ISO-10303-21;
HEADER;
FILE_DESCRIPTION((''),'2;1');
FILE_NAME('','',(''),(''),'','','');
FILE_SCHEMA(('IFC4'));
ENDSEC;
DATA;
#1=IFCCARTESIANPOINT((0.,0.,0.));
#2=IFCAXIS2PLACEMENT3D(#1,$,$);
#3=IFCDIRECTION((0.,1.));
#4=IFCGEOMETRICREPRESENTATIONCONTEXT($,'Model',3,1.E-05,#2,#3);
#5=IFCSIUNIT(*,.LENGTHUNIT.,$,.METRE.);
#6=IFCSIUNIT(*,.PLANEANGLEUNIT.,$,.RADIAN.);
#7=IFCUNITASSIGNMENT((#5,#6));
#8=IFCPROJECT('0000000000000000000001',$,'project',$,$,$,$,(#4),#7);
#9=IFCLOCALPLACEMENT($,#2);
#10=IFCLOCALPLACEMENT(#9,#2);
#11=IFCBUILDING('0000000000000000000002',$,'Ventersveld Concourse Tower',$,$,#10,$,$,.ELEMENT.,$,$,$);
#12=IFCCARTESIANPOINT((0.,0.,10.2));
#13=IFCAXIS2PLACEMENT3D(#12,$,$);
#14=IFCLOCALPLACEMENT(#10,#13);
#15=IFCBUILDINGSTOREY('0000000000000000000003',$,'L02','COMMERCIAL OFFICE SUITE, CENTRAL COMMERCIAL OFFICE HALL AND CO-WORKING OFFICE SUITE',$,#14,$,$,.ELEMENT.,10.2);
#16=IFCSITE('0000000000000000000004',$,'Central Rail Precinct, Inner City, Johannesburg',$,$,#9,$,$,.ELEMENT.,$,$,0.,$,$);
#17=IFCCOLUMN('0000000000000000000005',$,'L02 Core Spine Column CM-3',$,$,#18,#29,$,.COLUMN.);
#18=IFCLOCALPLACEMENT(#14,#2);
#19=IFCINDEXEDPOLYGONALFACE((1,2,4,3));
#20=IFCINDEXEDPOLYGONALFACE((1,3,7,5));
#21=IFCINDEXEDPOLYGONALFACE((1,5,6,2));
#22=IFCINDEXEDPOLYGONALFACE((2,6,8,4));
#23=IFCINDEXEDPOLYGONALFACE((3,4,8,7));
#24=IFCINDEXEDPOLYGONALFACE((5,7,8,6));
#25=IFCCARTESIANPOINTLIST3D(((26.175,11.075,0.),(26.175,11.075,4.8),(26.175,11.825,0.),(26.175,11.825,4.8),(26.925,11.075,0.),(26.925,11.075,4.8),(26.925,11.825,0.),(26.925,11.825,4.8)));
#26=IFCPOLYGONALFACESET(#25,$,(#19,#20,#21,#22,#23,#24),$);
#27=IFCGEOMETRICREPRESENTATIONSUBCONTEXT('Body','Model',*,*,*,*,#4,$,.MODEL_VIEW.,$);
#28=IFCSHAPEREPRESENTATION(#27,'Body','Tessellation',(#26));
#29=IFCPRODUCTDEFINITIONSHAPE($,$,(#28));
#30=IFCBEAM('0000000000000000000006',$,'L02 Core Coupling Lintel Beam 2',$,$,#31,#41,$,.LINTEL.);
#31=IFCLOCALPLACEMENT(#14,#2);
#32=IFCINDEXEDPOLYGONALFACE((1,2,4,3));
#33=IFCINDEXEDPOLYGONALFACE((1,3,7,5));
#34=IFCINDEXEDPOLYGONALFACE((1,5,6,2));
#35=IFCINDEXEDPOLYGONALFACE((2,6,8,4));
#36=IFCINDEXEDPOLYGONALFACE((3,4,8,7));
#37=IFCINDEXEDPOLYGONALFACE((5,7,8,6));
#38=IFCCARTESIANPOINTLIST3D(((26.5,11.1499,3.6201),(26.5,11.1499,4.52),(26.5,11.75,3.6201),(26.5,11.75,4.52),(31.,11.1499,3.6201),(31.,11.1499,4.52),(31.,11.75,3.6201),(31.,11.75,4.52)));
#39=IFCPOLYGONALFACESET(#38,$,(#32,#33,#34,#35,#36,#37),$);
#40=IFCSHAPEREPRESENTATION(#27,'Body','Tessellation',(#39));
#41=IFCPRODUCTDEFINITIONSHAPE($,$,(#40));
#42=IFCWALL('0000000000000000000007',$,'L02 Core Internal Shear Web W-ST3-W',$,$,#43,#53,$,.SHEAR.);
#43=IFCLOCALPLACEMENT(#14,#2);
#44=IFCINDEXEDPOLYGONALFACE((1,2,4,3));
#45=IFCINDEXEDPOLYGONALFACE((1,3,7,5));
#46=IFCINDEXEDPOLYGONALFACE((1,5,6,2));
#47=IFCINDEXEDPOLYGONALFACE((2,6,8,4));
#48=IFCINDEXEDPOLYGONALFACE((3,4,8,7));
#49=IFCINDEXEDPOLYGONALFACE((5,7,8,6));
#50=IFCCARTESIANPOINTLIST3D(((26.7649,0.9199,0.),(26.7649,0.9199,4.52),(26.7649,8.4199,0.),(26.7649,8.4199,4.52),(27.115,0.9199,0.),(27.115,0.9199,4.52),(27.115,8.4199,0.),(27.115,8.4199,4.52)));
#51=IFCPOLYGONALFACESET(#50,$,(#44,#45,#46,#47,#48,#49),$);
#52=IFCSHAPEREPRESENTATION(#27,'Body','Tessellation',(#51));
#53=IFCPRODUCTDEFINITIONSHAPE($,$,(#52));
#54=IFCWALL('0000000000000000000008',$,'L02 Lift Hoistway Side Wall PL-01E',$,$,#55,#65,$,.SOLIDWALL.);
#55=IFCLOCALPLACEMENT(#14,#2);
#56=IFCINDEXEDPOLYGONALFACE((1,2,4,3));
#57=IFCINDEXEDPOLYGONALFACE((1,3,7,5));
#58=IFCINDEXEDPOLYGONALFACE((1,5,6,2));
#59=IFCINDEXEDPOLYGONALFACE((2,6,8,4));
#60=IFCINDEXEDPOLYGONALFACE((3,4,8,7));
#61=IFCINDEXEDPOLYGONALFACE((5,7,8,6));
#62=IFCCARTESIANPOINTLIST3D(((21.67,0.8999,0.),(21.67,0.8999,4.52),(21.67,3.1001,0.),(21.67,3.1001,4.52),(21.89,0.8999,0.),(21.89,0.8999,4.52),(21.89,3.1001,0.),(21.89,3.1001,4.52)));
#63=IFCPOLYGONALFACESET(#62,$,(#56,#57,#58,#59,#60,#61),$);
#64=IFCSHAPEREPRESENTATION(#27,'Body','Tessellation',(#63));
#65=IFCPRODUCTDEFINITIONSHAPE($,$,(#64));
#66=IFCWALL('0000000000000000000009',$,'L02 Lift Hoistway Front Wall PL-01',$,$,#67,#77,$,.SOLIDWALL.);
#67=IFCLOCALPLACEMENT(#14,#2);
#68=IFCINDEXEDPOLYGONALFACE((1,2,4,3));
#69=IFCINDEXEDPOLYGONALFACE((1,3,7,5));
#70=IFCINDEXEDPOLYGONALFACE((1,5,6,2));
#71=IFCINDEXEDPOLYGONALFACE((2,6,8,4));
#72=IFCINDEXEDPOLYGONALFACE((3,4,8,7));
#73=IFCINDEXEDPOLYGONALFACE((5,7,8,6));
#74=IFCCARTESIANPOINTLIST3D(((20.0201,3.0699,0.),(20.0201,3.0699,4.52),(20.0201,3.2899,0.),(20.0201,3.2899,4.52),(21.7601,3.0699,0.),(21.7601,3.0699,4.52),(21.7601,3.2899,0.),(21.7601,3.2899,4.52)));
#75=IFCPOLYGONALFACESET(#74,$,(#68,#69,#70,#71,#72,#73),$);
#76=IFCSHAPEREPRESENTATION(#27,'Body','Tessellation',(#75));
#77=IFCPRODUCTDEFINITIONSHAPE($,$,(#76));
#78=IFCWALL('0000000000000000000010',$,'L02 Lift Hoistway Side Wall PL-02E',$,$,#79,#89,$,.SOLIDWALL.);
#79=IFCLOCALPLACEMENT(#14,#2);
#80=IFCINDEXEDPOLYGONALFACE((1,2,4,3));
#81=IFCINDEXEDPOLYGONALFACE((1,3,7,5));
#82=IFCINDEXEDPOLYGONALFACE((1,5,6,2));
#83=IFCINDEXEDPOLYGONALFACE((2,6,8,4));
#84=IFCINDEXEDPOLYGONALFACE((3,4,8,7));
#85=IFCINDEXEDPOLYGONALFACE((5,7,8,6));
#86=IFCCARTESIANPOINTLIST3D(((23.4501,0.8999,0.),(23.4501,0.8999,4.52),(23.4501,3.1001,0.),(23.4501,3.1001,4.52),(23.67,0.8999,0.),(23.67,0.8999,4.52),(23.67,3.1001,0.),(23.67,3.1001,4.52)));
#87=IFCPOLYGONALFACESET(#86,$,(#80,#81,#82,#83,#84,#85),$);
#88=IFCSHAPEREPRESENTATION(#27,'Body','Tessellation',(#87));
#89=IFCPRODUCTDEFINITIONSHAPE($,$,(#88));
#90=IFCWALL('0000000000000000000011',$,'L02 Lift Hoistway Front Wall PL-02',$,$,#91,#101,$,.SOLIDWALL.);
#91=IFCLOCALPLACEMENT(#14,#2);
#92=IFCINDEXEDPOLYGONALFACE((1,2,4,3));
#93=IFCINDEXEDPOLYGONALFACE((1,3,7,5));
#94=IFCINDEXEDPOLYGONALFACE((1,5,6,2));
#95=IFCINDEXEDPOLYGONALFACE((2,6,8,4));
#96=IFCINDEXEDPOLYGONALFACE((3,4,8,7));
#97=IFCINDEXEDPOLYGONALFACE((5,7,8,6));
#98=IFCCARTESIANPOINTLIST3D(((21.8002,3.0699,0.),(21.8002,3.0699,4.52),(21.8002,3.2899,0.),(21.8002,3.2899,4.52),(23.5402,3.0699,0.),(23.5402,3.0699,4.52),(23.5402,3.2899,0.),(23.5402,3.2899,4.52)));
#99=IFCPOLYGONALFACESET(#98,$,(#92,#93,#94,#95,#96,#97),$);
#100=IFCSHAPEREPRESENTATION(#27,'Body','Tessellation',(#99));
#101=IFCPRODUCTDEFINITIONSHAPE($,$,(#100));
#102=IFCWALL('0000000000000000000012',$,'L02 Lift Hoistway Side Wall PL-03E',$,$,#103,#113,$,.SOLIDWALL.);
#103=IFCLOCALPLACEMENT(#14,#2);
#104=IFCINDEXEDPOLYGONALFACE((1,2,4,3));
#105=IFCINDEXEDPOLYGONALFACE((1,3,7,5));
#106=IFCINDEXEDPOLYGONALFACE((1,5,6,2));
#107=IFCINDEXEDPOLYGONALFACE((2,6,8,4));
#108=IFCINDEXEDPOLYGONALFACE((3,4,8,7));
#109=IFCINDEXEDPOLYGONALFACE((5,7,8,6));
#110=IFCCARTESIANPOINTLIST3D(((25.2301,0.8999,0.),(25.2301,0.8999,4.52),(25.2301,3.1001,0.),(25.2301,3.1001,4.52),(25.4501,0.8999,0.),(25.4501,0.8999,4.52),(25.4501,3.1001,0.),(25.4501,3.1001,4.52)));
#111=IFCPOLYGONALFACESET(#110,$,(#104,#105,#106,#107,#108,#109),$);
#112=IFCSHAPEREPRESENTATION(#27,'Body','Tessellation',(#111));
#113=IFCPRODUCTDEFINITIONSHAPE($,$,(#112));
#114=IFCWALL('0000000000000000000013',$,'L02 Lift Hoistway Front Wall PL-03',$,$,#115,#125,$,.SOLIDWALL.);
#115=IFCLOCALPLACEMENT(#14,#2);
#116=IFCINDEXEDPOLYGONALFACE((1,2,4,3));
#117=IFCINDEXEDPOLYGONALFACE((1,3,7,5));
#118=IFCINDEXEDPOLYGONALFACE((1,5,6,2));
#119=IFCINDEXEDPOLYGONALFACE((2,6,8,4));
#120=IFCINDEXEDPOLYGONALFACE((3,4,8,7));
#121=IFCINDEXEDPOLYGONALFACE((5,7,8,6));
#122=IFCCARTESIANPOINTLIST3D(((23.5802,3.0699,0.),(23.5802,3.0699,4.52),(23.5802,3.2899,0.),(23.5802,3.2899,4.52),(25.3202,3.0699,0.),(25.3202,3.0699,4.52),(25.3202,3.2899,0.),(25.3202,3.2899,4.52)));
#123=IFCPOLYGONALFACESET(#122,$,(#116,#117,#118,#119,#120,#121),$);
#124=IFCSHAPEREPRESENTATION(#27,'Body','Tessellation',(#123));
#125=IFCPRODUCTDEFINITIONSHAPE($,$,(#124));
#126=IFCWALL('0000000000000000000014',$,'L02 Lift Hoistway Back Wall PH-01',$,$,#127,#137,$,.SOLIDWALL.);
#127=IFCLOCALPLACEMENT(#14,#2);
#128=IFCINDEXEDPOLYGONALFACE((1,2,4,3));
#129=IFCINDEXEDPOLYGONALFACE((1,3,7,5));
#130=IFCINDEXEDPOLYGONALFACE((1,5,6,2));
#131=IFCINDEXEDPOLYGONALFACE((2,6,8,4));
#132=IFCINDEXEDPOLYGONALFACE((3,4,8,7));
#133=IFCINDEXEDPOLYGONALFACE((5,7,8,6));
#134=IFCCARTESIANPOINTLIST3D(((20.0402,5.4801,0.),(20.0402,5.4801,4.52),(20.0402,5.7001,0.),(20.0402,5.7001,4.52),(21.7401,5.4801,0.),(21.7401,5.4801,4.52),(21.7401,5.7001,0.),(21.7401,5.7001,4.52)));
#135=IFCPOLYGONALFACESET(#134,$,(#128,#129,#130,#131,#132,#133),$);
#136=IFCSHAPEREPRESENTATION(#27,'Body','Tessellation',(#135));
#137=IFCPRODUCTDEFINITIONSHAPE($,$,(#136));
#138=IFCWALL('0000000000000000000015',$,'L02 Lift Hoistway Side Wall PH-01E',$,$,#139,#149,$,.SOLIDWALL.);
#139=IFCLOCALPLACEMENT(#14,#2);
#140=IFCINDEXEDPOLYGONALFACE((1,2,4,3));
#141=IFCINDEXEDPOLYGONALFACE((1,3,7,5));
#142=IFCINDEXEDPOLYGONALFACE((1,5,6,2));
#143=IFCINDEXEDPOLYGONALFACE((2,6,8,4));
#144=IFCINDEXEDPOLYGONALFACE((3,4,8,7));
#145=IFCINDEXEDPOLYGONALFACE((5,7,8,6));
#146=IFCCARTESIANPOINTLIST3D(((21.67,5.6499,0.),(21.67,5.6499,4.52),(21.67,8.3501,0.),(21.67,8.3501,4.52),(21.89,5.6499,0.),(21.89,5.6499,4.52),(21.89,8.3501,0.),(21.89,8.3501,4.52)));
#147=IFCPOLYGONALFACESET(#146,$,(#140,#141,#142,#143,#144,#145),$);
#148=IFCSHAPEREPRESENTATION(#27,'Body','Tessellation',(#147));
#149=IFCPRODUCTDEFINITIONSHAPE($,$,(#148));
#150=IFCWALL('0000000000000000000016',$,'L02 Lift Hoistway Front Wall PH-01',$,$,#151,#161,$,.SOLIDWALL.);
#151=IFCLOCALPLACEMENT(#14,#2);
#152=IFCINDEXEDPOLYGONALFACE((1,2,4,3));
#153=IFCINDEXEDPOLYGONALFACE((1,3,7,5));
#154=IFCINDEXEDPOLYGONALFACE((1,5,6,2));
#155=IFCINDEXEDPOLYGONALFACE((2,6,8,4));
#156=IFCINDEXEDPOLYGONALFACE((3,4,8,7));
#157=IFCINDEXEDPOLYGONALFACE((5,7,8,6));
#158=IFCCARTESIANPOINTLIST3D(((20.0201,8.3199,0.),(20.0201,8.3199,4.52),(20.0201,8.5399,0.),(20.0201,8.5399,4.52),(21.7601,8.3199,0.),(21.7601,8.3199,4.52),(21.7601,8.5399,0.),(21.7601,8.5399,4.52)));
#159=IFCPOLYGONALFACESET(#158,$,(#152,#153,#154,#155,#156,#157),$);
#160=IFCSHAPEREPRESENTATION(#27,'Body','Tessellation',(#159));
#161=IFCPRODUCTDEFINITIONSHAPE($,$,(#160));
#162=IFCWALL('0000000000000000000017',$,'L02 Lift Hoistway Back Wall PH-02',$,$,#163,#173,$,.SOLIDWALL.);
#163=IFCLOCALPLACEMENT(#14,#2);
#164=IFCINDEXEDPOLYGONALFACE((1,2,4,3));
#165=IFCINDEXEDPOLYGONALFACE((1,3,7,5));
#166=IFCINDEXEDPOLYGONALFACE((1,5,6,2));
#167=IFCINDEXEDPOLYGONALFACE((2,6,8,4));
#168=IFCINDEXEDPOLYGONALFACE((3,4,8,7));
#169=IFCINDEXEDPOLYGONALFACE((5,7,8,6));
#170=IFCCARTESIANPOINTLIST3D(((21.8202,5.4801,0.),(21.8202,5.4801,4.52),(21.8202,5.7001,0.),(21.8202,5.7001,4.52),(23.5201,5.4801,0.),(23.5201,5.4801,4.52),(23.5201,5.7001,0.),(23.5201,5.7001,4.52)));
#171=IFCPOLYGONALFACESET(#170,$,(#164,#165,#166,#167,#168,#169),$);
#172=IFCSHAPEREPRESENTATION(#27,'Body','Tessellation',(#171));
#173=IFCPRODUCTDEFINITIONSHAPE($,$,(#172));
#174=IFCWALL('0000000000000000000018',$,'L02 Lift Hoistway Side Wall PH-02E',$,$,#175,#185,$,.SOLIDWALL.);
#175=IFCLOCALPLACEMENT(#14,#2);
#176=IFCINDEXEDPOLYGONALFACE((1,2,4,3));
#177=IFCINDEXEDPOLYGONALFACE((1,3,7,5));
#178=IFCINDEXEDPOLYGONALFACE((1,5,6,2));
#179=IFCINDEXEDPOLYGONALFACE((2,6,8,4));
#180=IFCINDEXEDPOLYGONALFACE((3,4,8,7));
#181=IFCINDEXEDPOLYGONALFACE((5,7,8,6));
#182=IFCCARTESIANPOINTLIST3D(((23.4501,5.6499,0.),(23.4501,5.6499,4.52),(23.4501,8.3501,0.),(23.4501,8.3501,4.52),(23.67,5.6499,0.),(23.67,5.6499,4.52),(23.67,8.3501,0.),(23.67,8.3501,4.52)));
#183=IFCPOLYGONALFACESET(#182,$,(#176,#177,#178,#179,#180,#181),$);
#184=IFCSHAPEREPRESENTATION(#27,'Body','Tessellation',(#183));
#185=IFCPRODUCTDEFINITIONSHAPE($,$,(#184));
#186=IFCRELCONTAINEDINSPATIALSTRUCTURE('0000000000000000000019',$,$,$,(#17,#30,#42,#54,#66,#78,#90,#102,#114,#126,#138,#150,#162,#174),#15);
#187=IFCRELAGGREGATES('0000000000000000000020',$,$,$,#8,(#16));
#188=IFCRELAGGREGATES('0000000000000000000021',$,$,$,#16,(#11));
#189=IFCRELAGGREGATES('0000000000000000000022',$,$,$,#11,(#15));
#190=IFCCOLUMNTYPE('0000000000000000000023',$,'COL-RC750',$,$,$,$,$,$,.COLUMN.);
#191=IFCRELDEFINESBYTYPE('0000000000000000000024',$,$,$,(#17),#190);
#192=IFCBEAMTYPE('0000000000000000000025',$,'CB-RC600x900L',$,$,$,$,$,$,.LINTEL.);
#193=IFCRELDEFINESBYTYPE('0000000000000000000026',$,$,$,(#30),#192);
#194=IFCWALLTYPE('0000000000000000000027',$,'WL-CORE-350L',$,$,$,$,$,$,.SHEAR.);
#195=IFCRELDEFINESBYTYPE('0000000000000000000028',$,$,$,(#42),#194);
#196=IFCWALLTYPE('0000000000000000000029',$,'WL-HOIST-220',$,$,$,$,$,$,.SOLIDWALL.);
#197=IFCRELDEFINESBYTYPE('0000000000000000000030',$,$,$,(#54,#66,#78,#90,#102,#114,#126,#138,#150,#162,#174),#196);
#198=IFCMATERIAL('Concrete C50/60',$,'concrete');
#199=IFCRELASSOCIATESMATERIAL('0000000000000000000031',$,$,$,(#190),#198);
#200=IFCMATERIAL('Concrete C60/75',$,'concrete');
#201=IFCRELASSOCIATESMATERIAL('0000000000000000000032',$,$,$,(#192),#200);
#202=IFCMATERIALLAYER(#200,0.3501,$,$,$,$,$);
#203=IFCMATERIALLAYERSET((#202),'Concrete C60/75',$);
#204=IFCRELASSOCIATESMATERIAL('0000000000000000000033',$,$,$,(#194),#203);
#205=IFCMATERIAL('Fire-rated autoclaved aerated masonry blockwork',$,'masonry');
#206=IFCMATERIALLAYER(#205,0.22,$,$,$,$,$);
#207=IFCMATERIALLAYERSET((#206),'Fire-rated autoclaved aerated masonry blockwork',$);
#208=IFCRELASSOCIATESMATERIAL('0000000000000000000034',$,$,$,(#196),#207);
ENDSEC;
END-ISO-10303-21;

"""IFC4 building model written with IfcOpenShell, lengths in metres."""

from ifc_helpers import new_model, si_unit, direction, frame, frame_2d, origin, origin_2d, place, context, subcontext, project, spatial, rectangle, extrude, material, layer, layer_set, material_profile, profile_set, type_object, element, save


model = new_model("IFC4")

# Units and contexts
model_context = context("Model", 3, precision=1e-05, world=origin(), true_north=direction((0.0, 1.0)))
body_context = subcontext(model_context, "Body", "Model", "MODEL_VIEW")
ifc_project = project(units=[si_unit("LENGTHUNIT", "METRE"), si_unit("PLANEANGLEUNIT", "RADIAN")], contexts=[model_context])

# Site, building, storey
site_placement = place(None, origin())
site = spatial("IfcSite", under=ifc_project, at=site_placement, Name="Central Rail Precinct, Inner City, Johannesburg", CompositionType="ELEMENT", RefElevation=0.0)
building_placement = place(site_placement, origin())
building = spatial("IfcBuilding", under=site, at=building_placement, Name="Ventersveld Concourse Tower", CompositionType="ELEMENT")
storey_placement = place(building_placement, frame((0.0, 0.0, 10.2)))
storey = spatial("IfcBuildingStorey", under=building, at=storey_placement, Name="L02", Description="COMMERCIAL OFFICE SUITE, CENTRAL COMMERCIAL OFFICE HALL AND CO-WORKING OFFICE SUITE", CompositionType="ELEMENT", Elevation=10.2)

# Column
ifc_material_1 = material(Name="Concrete C50/60", Category="concrete")
ifc_material_profile_1 = material_profile(ifc_material_1, rectangle(XDim=0.75, YDim=0.75, at=origin_2d()), Name="RC 750x750")
ifc_profile_set_1 = profile_set([ifc_material_profile_1], Name="Concrete C50/60")
column_type = type_object("IfcColumnType", Name="COL-RC750", PredefinedType="COLUMN", material=ifc_profile_set_1)
column_placement = place(storey_placement, frame((26.55, 11.45, 0.0), z_axis=(0.0, 0.0, 1.0), x_axis=(1.0, 0.0, 0.0)))
element("IfcColumn", 1, at=column_placement, inside=storey, type_object=column_type, Name="L02 Core Spine Column CM-3", PredefinedType="COLUMN", context=body_context, shape_type="SweptSolid", body=[
    extrude(rectangle(XDim=0.75, YDim=0.75, at=origin_2d()), origin(), (0.0, 0.0, 1.0), 4.8),
])

# Beam
ifc_material_2 = material(Name="Concrete C60/75", Category="concrete")
ifc_material_profile_2 = material_profile(ifc_material_2, rectangle(XDim=0.6001, YDim=0.8999, at=origin_2d()), Name="RC 600x900")
ifc_profile_set_2 = profile_set([ifc_material_profile_2], Name="Concrete C60/75")
beam_type = type_object("IfcBeamType", Name="CB-RC600x900L", PredefinedType="LINTEL", material=ifc_profile_set_2)
beam_placement = place(storey_placement, frame((26.5, 11.45, 4.0701), z_axis=(1.0, 0.0, 0.0), x_axis=(0.0, 1.0, 0.0)))
element("IfcBeam", 2, at=beam_placement, inside=storey, type_object=beam_type, Name="L02 Core Coupling Lintel Beam 2", PredefinedType="LINTEL", context=body_context, shape_type="SweptSolid", body=[
    extrude(rectangle(XDim=0.6001, YDim=0.8999, at=origin_2d()), origin(), (0.0, 0.0, 1.0), 4.5),
])

# Walls
ifc_layer_1 = layer(ifc_material_2, 0.3501)
ifc_layer_set_1 = layer_set([ifc_layer_1], Name="Concrete C60/75")
wall_type_1 = type_object("IfcWallType", Name="WL-CORE-350L", PredefinedType="SHEAR", material=ifc_layer_set_1)
wall_1_placement = place(storey_placement, frame((26.9399, 0.9199, 0.0), z_axis=(0.0, 0.0, 1.0), x_axis=(0.0, 1.0, 0.0)))
element("IfcWall", 3, at=wall_1_placement, inside=storey, type_object=wall_type_1, Name="L02 Core Internal Shear Web W-ST3-W", PredefinedType="SHEAR", context=body_context, shape_type="SweptSolid", body=[
    extrude(rectangle(XDim=7.5, YDim=0.3501, at=frame_2d((3.75, 0.0))), origin(), (0.0, 0.0, 1.0), 4.52),
])
ifc_material_3 = material(Name="Fire-rated autoclaved aerated masonry blockwork", Category="masonry")
ifc_layer_2 = layer(ifc_material_3, 0.22)
ifc_layer_set_2 = layer_set([ifc_layer_2], Name="Fire-rated autoclaved aerated masonry blockwork")
wall_type_2 = type_object("IfcWallType", Name="WL-HOIST-220", PredefinedType="SOLIDWALL", material=ifc_layer_set_2)
wall_2_placement = place(storey_placement, frame((21.78, 0.8999, 0.0), z_axis=(0.0, 0.0, 1.0), x_axis=(0.0, 1.0, 0.0)))
element("IfcWall", 4, at=wall_2_placement, inside=storey, type_object=wall_type_2, Name="L02 Lift Hoistway Side Wall PL-01E", PredefinedType="SOLIDWALL", context=body_context, shape_type="SweptSolid", body=[
    extrude(rectangle(XDim=2.2002, YDim=0.22, at=frame_2d((1.1001, 0.0))), origin(), (0.0, 0.0, 1.0), 4.52),
])
wall_3_placement = place(storey_placement, frame((20.02, 3.1799, 0.0), z_axis=(0.0, 0.0, 1.0), x_axis=(1.0, 0.0, 0.0)))
element("IfcWall", 5, at=wall_3_placement, inside=storey, type_object=wall_type_2, Name="L02 Lift Hoistway Front Wall PL-01", PredefinedType="SOLIDWALL", context=body_context, shape_type="SweptSolid", body=[
    extrude(rectangle(XDim=1.74, YDim=0.22, at=frame_2d((0.8701, 0.0))), origin(), (0.0, 0.0, 1.0), 4.52),
])
wall_4_placement = place(storey_placement, frame((23.5601, 0.8999, 0.0), z_axis=(0.0, 0.0, 1.0), x_axis=(0.0, 1.0, 0.0)))
element("IfcWall", 6, at=wall_4_placement, inside=storey, type_object=wall_type_2, Name="L02 Lift Hoistway Side Wall PL-02E", PredefinedType="SOLIDWALL", context=body_context, shape_type="SweptSolid", body=[
    extrude(rectangle(XDim=2.2002, YDim=0.22, at=frame_2d((1.1001, 0.0))), origin(), (0.0, 0.0, 1.0), 4.52),
])
wall_5_placement = place(storey_placement, frame((21.8, 3.1799, 0.0), z_axis=(0.0, 0.0, 1.0), x_axis=(1.0, 0.0, 0.0)))
element("IfcWall", 7, at=wall_5_placement, inside=storey, type_object=wall_type_2, Name="L02 Lift Hoistway Front Wall PL-02", PredefinedType="SOLIDWALL", context=body_context, shape_type="SweptSolid", body=[
    extrude(rectangle(XDim=1.74, YDim=0.22, at=frame_2d((0.8701, 0.0))), origin(), (0.0, 0.0, 1.0), 4.52),
])
wall_6_placement = place(storey_placement, frame((25.3401, 0.8999, 0.0), z_axis=(0.0, 0.0, 1.0), x_axis=(0.0, 1.0, 0.0)))
element("IfcWall", 8, at=wall_6_placement, inside=storey, type_object=wall_type_2, Name="L02 Lift Hoistway Side Wall PL-03E", PredefinedType="SOLIDWALL", context=body_context, shape_type="SweptSolid", body=[
    extrude(rectangle(XDim=2.2002, YDim=0.22, at=frame_2d((1.1001, 0.0))), origin(), (0.0, 0.0, 1.0), 4.52),
])
wall_7_placement = place(storey_placement, frame((23.5801, 3.1799, 0.0), z_axis=(0.0, 0.0, 1.0), x_axis=(1.0, 0.0, 0.0)))
element("IfcWall", 9, at=wall_7_placement, inside=storey, type_object=wall_type_2, Name="L02 Lift Hoistway Front Wall PL-03", PredefinedType="SOLIDWALL", context=body_context, shape_type="SweptSolid", body=[
    extrude(rectangle(XDim=1.74, YDim=0.22, at=frame_2d((0.8701, 0.0))), origin(), (0.0, 0.0, 1.0), 4.52),
])
wall_8_placement = place(storey_placement, frame((20.04, 5.5901, 0.0), z_axis=(0.0, 0.0, 1.0), x_axis=(1.0, 0.0, 0.0)))
element("IfcWall", 10, at=wall_8_placement, inside=storey, type_object=wall_type_2, Name="L02 Lift Hoistway Back Wall PH-01", PredefinedType="SOLIDWALL", context=body_context, shape_type="SweptSolid", body=[
    extrude(rectangle(XDim=1.7, YDim=0.22, at=frame_2d((0.8501, 0.0))), origin(), (0.0, 0.0, 1.0), 4.52),
])
wall_9_placement = place(storey_placement, frame((21.78, 5.6499, 0.0), z_axis=(0.0, 0.0, 1.0), x_axis=(0.0, 1.0, 0.0)))
element("IfcWall", 11, at=wall_9_placement, inside=storey, type_object=wall_type_2, Name="L02 Lift Hoistway Side Wall PH-01E", PredefinedType="SOLIDWALL", context=body_context, shape_type="SweptSolid", body=[
    extrude(rectangle(XDim=2.7002, YDim=0.22, at=frame_2d((1.3501, 0.0))), origin(), (0.0, 0.0, 1.0), 4.52),
])
wall_10_placement = place(storey_placement, frame((20.02, 8.4299, 0.0), z_axis=(0.0, 0.0, 1.0), x_axis=(1.0, 0.0, 0.0)))
element("IfcWall", 12, at=wall_10_placement, inside=storey, type_object=wall_type_2, Name="L02 Lift Hoistway Front Wall PH-01", PredefinedType="SOLIDWALL", context=body_context, shape_type="SweptSolid", body=[
    extrude(rectangle(XDim=1.74, YDim=0.22, at=frame_2d((0.8701, 0.0))), origin(), (0.0, 0.0, 1.0), 4.52),
])
wall_11_placement = place(storey_placement, frame((21.8201, 5.5901, 0.0), z_axis=(0.0, 0.0, 1.0), x_axis=(1.0, 0.0, 0.0)))
element("IfcWall", 13, at=wall_11_placement, inside=storey, type_object=wall_type_2, Name="L02 Lift Hoistway Back Wall PH-02", PredefinedType="SOLIDWALL", context=body_context, shape_type="SweptSolid", body=[
    extrude(rectangle(XDim=1.7, YDim=0.22, at=frame_2d((0.8501, 0.0))), origin(), (0.0, 0.0, 1.0), 4.52),
])
wall_12_placement = place(storey_placement, frame((23.5601, 5.6499, 0.0), z_axis=(0.0, 0.0, 1.0), x_axis=(0.0, 1.0, 0.0)))
element("IfcWall", 14, at=wall_12_placement, inside=storey, type_object=wall_type_2, Name="L02 Lift Hoistway Side Wall PH-02E", PredefinedType="SOLIDWALL", context=body_context, shape_type="SweptSolid", body=[
    extrude(rectangle(XDim=2.7002, YDim=0.22, at=frame_2d((1.3501, 0.0))), origin(), (0.0, 0.0, 1.0), 4.52),
])

save(model, "model.ifc")
